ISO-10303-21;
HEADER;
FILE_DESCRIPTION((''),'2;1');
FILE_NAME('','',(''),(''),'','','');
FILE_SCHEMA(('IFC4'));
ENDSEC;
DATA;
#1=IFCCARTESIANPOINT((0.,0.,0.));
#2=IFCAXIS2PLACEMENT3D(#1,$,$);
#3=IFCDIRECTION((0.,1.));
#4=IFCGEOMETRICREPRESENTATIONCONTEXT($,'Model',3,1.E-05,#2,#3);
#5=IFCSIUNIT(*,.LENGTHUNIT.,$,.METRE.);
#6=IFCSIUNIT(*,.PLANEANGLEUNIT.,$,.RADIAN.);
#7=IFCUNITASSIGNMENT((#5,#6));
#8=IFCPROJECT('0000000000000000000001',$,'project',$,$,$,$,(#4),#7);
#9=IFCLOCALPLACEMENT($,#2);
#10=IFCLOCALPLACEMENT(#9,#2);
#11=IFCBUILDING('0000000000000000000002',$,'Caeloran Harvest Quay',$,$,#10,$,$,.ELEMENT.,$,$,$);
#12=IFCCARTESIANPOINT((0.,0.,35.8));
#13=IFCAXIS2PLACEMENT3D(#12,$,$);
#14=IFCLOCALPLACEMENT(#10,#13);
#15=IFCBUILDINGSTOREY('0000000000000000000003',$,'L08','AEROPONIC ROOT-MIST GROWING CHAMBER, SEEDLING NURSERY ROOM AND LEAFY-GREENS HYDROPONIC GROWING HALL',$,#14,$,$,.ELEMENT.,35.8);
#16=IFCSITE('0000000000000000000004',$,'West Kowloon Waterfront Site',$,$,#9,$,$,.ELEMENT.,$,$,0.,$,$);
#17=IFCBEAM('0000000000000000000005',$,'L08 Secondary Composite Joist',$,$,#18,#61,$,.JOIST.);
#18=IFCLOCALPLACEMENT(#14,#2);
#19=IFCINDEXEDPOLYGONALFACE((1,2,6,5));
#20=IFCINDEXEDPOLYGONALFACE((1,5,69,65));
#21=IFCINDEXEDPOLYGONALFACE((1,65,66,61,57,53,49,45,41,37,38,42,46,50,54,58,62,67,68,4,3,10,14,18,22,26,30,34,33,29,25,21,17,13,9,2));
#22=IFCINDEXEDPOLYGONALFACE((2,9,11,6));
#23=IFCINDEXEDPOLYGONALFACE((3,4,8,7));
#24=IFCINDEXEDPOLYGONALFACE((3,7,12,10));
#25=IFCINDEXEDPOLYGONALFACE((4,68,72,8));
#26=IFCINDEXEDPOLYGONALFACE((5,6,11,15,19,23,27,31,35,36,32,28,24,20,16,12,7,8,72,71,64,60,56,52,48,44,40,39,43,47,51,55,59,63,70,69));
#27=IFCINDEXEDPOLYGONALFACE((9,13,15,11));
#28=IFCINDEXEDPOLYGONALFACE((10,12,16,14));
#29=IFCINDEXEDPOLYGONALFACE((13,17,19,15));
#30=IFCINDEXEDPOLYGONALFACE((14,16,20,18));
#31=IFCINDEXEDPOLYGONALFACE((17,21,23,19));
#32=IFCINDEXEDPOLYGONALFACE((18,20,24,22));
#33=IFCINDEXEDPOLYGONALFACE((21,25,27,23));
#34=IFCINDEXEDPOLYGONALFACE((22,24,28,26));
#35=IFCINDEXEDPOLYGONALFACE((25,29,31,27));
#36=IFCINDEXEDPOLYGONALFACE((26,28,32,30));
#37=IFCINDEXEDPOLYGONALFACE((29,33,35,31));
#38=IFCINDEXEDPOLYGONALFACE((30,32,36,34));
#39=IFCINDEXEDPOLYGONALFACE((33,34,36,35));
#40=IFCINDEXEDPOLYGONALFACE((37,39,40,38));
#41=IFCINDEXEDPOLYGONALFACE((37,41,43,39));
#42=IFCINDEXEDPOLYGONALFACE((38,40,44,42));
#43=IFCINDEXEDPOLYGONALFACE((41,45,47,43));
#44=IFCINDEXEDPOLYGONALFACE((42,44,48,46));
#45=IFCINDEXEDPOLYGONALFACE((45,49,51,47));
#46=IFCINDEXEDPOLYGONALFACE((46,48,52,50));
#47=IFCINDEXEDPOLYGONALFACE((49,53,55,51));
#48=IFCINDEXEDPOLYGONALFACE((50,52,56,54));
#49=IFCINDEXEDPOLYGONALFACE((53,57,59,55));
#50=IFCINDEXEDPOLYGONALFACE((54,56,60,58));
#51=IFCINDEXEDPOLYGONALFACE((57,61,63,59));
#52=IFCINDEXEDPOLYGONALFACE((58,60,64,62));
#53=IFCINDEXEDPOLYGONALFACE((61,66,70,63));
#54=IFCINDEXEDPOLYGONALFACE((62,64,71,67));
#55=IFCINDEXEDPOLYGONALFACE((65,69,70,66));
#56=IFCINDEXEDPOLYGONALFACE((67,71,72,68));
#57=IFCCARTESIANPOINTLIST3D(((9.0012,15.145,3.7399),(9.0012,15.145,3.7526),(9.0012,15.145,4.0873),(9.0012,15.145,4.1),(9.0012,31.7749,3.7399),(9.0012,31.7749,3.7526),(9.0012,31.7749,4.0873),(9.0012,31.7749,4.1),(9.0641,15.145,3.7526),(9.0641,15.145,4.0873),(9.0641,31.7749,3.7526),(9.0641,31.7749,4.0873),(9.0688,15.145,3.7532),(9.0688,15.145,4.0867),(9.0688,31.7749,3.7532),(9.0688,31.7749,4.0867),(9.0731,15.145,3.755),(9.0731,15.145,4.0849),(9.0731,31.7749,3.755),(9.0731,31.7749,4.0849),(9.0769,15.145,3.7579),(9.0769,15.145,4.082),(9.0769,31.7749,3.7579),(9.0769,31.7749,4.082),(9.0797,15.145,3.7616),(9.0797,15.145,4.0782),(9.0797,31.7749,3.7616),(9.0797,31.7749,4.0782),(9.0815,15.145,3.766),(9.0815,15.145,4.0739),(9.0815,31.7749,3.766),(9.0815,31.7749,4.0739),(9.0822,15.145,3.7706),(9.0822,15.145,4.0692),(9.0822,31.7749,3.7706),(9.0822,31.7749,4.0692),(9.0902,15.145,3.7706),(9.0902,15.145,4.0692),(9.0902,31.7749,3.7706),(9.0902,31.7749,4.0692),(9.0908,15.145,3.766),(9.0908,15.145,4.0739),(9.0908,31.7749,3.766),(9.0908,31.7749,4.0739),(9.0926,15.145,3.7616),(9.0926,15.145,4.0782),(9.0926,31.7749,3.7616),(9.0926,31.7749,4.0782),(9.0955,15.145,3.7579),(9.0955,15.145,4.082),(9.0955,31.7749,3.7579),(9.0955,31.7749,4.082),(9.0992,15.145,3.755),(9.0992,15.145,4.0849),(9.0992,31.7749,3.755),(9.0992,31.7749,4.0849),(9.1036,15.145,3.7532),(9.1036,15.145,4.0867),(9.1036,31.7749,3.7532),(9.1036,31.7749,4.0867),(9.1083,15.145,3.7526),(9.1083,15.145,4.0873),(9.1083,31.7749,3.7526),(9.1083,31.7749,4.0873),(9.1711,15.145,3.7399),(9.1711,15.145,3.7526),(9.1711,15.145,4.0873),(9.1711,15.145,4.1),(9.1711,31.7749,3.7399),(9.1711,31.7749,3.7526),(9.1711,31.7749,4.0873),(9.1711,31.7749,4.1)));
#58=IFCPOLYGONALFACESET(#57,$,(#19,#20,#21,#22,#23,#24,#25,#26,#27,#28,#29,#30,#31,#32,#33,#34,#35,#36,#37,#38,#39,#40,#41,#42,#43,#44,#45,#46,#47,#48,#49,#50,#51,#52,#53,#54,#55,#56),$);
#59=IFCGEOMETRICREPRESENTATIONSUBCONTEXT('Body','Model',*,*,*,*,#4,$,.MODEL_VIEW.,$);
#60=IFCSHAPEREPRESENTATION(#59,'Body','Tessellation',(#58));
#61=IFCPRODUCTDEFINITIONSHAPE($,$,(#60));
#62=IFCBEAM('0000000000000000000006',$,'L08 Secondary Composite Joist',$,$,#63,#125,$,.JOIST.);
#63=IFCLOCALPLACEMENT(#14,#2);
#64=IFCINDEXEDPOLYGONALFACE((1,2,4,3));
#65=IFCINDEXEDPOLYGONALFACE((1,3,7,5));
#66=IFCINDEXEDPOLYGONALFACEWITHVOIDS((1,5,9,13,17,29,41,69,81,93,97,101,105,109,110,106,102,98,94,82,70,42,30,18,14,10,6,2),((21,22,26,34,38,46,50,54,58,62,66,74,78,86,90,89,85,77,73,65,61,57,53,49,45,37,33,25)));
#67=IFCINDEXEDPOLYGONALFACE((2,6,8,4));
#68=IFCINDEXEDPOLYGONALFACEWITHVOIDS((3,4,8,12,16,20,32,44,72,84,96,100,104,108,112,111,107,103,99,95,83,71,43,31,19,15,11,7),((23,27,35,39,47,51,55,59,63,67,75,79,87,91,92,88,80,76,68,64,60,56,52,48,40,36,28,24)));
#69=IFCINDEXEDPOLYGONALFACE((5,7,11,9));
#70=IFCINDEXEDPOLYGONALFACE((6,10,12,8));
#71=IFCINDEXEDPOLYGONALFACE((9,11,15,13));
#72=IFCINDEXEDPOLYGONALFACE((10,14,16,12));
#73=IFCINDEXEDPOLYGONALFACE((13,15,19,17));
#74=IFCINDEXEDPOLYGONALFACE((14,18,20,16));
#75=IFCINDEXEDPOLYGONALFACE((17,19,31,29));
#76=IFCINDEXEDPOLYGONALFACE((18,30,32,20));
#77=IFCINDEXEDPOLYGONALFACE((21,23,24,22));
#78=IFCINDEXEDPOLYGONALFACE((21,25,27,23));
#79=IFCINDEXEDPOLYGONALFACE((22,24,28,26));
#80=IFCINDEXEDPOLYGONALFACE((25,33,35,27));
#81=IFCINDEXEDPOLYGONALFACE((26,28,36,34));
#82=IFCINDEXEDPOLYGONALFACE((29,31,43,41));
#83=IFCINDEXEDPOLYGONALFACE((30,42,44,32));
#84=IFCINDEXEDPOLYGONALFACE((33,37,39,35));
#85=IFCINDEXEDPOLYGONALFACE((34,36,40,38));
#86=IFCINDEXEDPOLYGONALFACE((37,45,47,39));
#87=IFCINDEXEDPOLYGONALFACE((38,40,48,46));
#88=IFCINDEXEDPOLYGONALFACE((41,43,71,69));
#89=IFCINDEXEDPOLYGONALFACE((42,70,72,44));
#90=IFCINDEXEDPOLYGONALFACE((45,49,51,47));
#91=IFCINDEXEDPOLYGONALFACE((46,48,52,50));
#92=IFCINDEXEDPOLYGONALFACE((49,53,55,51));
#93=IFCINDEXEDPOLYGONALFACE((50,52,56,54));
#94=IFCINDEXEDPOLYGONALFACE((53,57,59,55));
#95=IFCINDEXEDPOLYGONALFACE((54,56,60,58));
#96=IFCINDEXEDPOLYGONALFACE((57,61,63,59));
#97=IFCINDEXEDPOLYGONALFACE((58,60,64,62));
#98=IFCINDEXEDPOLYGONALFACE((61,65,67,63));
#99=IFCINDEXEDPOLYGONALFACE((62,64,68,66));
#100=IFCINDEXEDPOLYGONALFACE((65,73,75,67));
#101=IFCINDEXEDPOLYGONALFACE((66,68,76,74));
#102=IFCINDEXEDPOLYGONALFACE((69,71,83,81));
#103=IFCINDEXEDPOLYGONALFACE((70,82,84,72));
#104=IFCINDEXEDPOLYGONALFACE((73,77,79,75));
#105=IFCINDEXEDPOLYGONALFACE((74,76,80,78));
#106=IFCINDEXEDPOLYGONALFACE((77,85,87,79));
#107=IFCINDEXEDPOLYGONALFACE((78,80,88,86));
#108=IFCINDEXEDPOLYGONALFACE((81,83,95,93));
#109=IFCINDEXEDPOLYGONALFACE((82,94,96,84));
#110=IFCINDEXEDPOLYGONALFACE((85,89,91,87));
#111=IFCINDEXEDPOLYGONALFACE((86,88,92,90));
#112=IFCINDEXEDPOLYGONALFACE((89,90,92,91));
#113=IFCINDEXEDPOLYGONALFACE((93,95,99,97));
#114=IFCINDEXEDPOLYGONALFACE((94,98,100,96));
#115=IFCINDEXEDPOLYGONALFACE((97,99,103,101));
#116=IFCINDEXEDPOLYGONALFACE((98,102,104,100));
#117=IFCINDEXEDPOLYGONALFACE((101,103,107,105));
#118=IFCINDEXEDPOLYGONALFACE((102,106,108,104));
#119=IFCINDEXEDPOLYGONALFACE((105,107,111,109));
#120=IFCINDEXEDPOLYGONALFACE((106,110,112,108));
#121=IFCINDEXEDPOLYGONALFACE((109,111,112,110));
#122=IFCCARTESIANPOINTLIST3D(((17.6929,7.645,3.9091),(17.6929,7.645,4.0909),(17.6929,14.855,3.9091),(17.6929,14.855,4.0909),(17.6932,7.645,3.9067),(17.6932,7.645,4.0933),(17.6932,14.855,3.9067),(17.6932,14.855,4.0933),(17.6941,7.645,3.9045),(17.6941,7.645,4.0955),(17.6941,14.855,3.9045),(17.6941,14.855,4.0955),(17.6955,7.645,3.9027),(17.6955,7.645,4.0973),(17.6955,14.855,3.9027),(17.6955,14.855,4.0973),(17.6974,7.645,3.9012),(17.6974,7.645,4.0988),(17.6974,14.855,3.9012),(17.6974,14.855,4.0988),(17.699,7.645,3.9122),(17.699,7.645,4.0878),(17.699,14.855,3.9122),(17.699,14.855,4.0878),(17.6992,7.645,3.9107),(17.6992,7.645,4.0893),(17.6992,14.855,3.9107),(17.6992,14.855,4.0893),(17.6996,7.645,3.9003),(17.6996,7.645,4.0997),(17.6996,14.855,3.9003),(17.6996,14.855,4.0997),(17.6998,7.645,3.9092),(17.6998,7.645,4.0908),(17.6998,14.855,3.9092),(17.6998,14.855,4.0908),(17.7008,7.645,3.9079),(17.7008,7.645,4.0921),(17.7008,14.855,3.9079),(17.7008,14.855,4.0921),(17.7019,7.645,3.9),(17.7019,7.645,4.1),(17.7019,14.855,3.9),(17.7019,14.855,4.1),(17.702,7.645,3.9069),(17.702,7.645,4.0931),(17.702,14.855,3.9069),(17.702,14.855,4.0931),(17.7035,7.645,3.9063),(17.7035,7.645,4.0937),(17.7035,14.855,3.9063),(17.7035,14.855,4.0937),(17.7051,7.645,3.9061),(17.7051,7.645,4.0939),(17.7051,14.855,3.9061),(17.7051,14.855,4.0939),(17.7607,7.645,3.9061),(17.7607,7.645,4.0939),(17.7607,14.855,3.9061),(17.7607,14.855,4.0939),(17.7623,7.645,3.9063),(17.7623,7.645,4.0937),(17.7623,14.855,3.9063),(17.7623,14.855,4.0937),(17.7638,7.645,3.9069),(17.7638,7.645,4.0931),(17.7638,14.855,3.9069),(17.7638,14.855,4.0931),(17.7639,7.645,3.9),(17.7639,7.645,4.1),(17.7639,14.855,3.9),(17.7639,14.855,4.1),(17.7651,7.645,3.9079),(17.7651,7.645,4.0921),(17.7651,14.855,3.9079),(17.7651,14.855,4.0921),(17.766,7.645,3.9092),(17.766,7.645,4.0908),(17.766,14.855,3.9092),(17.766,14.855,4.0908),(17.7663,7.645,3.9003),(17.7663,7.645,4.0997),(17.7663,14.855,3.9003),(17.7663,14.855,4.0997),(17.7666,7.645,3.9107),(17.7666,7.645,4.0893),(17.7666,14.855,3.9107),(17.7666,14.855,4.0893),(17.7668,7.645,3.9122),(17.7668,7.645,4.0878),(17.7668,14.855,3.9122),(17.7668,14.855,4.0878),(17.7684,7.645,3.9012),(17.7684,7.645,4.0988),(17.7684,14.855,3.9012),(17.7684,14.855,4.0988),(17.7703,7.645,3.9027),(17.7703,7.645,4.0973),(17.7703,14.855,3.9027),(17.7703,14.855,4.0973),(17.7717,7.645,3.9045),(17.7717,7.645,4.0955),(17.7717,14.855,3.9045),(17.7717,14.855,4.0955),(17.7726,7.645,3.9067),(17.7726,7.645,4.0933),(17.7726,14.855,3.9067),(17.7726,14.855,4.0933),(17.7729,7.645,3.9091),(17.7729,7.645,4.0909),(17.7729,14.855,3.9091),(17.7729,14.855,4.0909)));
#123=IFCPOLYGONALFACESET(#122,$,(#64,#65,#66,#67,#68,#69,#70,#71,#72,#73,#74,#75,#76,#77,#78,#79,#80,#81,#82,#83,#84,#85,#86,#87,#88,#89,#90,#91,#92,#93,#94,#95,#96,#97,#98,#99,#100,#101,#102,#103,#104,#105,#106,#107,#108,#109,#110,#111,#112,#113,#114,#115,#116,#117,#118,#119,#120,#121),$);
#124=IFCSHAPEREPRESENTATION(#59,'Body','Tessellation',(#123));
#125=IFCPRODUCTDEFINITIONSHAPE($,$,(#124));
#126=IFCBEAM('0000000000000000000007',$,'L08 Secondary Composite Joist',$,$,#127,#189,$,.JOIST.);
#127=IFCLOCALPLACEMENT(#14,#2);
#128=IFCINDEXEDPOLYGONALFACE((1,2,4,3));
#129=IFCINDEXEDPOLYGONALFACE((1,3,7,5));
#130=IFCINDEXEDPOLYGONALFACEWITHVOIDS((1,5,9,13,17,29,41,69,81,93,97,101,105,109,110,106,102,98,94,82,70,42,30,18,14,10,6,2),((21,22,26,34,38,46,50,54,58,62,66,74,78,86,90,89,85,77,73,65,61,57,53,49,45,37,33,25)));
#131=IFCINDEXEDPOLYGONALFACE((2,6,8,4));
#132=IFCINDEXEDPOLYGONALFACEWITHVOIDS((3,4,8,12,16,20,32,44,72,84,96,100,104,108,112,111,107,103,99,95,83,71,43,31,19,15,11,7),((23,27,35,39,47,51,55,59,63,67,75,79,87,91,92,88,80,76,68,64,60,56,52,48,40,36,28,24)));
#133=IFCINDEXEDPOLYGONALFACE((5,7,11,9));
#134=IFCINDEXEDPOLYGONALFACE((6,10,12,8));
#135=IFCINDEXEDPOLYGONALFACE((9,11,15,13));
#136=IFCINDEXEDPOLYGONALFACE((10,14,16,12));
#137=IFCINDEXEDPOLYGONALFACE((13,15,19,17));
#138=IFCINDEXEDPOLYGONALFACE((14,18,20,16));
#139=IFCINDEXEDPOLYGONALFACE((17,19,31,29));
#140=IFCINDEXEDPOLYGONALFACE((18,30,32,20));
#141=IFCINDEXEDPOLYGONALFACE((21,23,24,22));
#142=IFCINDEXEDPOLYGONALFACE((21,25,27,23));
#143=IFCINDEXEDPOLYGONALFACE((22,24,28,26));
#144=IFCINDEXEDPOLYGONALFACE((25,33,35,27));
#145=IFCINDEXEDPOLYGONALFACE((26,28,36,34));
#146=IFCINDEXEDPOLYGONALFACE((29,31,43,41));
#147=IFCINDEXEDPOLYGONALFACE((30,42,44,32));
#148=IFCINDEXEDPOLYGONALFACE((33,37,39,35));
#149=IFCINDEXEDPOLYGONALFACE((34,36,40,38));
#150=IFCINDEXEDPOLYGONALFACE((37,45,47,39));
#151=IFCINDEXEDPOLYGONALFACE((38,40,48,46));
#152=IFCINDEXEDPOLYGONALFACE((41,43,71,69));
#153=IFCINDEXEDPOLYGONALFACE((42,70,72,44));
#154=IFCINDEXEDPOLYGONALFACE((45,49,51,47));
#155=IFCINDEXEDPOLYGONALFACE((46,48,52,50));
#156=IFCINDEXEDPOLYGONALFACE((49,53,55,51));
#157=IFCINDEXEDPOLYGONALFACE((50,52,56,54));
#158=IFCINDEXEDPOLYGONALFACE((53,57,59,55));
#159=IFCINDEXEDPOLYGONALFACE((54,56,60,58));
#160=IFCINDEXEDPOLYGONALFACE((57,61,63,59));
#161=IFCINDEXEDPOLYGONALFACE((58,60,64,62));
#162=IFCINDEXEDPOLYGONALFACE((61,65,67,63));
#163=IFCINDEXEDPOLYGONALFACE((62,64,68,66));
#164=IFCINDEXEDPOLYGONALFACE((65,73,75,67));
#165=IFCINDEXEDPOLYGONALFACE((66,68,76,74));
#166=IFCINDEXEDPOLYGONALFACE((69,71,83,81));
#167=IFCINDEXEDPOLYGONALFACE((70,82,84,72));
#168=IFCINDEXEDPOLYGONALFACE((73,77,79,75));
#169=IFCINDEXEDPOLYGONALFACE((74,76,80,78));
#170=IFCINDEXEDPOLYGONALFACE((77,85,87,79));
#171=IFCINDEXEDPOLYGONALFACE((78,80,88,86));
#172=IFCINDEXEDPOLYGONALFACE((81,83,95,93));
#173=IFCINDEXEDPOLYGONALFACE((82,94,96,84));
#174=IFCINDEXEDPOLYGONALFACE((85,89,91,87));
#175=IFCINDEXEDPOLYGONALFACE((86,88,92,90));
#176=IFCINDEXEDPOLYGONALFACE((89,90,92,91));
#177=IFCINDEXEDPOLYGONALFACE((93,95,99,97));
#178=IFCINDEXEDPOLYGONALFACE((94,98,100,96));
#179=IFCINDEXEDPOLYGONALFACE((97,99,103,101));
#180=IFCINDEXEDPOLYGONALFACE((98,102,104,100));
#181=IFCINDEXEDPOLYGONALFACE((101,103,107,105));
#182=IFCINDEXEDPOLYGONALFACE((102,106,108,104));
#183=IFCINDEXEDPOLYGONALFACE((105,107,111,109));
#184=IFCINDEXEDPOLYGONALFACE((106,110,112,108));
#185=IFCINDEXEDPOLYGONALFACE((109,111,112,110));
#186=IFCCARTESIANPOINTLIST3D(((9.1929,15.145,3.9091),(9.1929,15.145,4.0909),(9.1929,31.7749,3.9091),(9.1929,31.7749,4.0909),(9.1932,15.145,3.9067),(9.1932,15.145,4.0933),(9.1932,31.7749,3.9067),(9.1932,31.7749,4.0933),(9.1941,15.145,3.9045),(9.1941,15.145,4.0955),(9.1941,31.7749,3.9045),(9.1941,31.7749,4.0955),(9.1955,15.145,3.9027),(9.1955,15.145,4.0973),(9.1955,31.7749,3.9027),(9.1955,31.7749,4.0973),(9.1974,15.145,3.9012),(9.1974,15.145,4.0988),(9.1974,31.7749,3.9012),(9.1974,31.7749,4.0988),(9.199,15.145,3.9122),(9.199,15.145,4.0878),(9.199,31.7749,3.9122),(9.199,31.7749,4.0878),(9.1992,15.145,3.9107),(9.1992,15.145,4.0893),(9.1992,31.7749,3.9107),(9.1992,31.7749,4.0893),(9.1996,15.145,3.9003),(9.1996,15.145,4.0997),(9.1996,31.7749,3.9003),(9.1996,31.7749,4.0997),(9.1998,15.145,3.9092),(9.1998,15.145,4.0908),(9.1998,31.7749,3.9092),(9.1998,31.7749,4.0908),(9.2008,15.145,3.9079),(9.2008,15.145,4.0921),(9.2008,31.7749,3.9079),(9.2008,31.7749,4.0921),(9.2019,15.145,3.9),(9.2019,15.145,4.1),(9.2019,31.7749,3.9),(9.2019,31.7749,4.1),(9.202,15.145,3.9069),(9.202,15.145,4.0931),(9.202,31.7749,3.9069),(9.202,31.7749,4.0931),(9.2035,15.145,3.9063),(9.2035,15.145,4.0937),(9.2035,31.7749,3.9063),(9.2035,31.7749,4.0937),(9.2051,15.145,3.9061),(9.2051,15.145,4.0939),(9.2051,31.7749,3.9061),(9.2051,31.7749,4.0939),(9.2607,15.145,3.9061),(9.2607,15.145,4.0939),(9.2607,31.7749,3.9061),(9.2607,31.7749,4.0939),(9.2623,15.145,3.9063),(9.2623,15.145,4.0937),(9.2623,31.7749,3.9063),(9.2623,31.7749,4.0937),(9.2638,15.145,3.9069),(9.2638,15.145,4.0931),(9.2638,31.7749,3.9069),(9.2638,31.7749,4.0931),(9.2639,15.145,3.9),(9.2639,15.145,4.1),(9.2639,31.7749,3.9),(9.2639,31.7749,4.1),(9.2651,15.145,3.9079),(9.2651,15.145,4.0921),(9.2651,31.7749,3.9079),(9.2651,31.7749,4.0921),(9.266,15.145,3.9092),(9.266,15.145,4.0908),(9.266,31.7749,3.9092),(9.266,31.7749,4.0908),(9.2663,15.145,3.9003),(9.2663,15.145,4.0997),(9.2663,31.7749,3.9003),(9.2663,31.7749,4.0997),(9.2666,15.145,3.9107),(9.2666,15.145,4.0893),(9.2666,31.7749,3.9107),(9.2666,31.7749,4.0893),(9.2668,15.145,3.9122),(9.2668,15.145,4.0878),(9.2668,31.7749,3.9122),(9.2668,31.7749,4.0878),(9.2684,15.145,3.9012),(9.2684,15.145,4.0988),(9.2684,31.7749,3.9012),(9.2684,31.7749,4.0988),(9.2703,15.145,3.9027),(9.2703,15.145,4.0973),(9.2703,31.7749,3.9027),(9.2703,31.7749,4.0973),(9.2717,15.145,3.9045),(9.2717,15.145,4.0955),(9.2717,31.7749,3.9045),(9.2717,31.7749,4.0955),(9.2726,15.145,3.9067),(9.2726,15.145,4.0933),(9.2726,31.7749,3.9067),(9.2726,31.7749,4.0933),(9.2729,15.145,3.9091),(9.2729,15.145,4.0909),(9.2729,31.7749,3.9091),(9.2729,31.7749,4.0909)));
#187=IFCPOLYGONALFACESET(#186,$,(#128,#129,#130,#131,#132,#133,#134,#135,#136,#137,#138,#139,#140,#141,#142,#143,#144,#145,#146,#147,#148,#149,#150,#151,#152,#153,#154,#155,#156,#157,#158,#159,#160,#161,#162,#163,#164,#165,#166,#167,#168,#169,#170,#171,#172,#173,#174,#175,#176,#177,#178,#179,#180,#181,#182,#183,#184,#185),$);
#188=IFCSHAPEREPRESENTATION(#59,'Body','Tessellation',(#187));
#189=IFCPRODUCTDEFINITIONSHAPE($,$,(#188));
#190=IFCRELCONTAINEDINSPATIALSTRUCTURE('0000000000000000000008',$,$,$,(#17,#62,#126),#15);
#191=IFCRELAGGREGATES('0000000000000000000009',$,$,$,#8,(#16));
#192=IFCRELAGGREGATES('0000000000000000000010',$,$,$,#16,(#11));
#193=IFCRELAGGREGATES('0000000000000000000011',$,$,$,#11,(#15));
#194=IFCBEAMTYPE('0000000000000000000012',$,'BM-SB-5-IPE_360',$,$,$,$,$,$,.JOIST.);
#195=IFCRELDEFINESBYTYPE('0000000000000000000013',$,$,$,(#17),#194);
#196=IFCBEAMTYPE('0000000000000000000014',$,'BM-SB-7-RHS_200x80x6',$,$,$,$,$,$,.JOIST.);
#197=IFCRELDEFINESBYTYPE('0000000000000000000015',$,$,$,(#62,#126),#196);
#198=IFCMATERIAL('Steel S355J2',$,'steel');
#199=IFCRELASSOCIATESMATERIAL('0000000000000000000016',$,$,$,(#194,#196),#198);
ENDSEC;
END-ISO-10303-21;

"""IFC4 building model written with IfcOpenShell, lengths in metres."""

from ifc_helpers import new_model, si_unit, direction, frame, origin, origin_2d, place, context, subcontext, project, spatial, hollow_rectangle, i_section, extrude, material, material_profile, profile_set, type_object, element, save


model = new_model("IFC4")

# Units and contexts
model_context = context("Model", 3, precision=1e-05, world=origin(), true_north=direction((0.0, 1.0)))
body_context = subcontext(model_context, "Body", "Model", "MODEL_VIEW")
ifc_project = project(units=[si_unit("LENGTHUNIT", "METRE"), si_unit("PLANEANGLEUNIT", "RADIAN")], contexts=[model_context])

# Site, building, storey
site_placement = place(None, origin())
site = spatial("IfcSite", under=ifc_project, at=site_placement, Name="West Kowloon Waterfront Site", CompositionType="ELEMENT", RefElevation=0.0)
building_placement = place(site_placement, origin())
building = spatial("IfcBuilding", under=site, at=building_placement, Name="Caeloran Harvest Quay", CompositionType="ELEMENT")
storey_placement = place(building_placement, frame((0.0, 0.0, 35.8)))
storey = spatial("IfcBuildingStorey", under=building, at=storey_placement, Name="L08", Description="AEROPONIC ROOT-MIST GROWING CHAMBER, SEEDLING NURSERY ROOM AND LEAFY-GREENS HYDROPONIC GROWING HALL", CompositionType="ELEMENT", Elevation=35.8)

# Beams
ifc_material_1 = material(Name="Steel S355J2", Category="steel")
ifc_material_profile_1 = material_profile(ifc_material_1, i_section(OverallWidth=0.1699, OverallDepth=0.3601, WebThickness=0.0081, FlangeThickness=0.0127, FilletRadius=0.0181, at=origin_2d()), Name="IPE 360")
ifc_profile_set_1 = profile_set([ifc_material_profile_1], Name="Steel S355J2")
beam_type_1 = type_object("IfcBeamType", Name="BM-SB-5-IPE_360", PredefinedType="JOIST", material=ifc_profile_set_1)
beam_1_placement = place(storey_placement, frame((9.0862, 15.145, 3.9199), z_axis=(0.0, 1.0, 0.0), x_axis=(-1.0, 0.0, 0.0)))
element("IfcBeam", 1, at=beam_1_placement, inside=storey, type_object=beam_type_1, Name="L08 Secondary Composite Joist", PredefinedType="JOIST", context=body_context, shape_type="SweptSolid", body=[
    extrude(i_section(OverallWidth=0.1699, OverallDepth=0.3601, WebThickness=0.0081, FlangeThickness=0.0127, FilletRadius=0.0181, at=origin_2d()), origin(), (0.0, 0.0, 1.0), 16.6299),
])
ifc_material_profile_2 = material_profile(ifc_material_1, hollow_rectangle(XDim=0.0801, YDim=0.2, WallThickness=0.0061, InnerFilletRadius=0.0061, OuterFilletRadius=0.009, at=origin_2d()), Name="RHS 200x80x6")
ifc_profile_set_2 = profile_set([ifc_material_profile_2], Name="Steel S355J2")
beam_type_2 = type_object("IfcBeamType", Name="BM-SB-7-RHS_200x80x6", PredefinedType="JOIST", material=ifc_profile_set_2)
beam_2_placement = place(storey_placement, frame((17.7329, 7.645, 4.0), z_axis=(0.0, 1.0, 0.0), x_axis=(-1.0, 0.0, 0.0)))
element("IfcBeam", 2, at=beam_2_placement, inside=storey, type_object=beam_type_2, Name="L08 Secondary Composite Joist", PredefinedType="JOIST", context=body_context, shape_type="SweptSolid", body=[
    extrude(hollow_rectangle(XDim=0.0801, YDim=0.2, WallThickness=0.0061, InnerFilletRadius=0.0061, OuterFilletRadius=0.009, at=origin_2d()), origin(), (0.0, 0.0, 1.0), 7.21),
])
beam_3_placement = place(storey_placement, frame((9.2329, 15.145, 4.0), z_axis=(0.0, 1.0, 0.0), x_axis=(-1.0, 0.0, 0.0)))
element("IfcBeam", 3, at=beam_3_placement, inside=storey, type_object=beam_type_2, Name="L08 Secondary Composite Joist", PredefinedType="JOIST", context=body_context, shape_type="SweptSolid", body=[
    extrude(hollow_rectangle(XDim=0.0801, YDim=0.2, WallThickness=0.0061, InnerFilletRadius=0.0061, OuterFilletRadius=0.009, at=origin_2d()), origin(), (0.0, 0.0, 1.0), 16.6299),
])

save(model, "model.ifc")
